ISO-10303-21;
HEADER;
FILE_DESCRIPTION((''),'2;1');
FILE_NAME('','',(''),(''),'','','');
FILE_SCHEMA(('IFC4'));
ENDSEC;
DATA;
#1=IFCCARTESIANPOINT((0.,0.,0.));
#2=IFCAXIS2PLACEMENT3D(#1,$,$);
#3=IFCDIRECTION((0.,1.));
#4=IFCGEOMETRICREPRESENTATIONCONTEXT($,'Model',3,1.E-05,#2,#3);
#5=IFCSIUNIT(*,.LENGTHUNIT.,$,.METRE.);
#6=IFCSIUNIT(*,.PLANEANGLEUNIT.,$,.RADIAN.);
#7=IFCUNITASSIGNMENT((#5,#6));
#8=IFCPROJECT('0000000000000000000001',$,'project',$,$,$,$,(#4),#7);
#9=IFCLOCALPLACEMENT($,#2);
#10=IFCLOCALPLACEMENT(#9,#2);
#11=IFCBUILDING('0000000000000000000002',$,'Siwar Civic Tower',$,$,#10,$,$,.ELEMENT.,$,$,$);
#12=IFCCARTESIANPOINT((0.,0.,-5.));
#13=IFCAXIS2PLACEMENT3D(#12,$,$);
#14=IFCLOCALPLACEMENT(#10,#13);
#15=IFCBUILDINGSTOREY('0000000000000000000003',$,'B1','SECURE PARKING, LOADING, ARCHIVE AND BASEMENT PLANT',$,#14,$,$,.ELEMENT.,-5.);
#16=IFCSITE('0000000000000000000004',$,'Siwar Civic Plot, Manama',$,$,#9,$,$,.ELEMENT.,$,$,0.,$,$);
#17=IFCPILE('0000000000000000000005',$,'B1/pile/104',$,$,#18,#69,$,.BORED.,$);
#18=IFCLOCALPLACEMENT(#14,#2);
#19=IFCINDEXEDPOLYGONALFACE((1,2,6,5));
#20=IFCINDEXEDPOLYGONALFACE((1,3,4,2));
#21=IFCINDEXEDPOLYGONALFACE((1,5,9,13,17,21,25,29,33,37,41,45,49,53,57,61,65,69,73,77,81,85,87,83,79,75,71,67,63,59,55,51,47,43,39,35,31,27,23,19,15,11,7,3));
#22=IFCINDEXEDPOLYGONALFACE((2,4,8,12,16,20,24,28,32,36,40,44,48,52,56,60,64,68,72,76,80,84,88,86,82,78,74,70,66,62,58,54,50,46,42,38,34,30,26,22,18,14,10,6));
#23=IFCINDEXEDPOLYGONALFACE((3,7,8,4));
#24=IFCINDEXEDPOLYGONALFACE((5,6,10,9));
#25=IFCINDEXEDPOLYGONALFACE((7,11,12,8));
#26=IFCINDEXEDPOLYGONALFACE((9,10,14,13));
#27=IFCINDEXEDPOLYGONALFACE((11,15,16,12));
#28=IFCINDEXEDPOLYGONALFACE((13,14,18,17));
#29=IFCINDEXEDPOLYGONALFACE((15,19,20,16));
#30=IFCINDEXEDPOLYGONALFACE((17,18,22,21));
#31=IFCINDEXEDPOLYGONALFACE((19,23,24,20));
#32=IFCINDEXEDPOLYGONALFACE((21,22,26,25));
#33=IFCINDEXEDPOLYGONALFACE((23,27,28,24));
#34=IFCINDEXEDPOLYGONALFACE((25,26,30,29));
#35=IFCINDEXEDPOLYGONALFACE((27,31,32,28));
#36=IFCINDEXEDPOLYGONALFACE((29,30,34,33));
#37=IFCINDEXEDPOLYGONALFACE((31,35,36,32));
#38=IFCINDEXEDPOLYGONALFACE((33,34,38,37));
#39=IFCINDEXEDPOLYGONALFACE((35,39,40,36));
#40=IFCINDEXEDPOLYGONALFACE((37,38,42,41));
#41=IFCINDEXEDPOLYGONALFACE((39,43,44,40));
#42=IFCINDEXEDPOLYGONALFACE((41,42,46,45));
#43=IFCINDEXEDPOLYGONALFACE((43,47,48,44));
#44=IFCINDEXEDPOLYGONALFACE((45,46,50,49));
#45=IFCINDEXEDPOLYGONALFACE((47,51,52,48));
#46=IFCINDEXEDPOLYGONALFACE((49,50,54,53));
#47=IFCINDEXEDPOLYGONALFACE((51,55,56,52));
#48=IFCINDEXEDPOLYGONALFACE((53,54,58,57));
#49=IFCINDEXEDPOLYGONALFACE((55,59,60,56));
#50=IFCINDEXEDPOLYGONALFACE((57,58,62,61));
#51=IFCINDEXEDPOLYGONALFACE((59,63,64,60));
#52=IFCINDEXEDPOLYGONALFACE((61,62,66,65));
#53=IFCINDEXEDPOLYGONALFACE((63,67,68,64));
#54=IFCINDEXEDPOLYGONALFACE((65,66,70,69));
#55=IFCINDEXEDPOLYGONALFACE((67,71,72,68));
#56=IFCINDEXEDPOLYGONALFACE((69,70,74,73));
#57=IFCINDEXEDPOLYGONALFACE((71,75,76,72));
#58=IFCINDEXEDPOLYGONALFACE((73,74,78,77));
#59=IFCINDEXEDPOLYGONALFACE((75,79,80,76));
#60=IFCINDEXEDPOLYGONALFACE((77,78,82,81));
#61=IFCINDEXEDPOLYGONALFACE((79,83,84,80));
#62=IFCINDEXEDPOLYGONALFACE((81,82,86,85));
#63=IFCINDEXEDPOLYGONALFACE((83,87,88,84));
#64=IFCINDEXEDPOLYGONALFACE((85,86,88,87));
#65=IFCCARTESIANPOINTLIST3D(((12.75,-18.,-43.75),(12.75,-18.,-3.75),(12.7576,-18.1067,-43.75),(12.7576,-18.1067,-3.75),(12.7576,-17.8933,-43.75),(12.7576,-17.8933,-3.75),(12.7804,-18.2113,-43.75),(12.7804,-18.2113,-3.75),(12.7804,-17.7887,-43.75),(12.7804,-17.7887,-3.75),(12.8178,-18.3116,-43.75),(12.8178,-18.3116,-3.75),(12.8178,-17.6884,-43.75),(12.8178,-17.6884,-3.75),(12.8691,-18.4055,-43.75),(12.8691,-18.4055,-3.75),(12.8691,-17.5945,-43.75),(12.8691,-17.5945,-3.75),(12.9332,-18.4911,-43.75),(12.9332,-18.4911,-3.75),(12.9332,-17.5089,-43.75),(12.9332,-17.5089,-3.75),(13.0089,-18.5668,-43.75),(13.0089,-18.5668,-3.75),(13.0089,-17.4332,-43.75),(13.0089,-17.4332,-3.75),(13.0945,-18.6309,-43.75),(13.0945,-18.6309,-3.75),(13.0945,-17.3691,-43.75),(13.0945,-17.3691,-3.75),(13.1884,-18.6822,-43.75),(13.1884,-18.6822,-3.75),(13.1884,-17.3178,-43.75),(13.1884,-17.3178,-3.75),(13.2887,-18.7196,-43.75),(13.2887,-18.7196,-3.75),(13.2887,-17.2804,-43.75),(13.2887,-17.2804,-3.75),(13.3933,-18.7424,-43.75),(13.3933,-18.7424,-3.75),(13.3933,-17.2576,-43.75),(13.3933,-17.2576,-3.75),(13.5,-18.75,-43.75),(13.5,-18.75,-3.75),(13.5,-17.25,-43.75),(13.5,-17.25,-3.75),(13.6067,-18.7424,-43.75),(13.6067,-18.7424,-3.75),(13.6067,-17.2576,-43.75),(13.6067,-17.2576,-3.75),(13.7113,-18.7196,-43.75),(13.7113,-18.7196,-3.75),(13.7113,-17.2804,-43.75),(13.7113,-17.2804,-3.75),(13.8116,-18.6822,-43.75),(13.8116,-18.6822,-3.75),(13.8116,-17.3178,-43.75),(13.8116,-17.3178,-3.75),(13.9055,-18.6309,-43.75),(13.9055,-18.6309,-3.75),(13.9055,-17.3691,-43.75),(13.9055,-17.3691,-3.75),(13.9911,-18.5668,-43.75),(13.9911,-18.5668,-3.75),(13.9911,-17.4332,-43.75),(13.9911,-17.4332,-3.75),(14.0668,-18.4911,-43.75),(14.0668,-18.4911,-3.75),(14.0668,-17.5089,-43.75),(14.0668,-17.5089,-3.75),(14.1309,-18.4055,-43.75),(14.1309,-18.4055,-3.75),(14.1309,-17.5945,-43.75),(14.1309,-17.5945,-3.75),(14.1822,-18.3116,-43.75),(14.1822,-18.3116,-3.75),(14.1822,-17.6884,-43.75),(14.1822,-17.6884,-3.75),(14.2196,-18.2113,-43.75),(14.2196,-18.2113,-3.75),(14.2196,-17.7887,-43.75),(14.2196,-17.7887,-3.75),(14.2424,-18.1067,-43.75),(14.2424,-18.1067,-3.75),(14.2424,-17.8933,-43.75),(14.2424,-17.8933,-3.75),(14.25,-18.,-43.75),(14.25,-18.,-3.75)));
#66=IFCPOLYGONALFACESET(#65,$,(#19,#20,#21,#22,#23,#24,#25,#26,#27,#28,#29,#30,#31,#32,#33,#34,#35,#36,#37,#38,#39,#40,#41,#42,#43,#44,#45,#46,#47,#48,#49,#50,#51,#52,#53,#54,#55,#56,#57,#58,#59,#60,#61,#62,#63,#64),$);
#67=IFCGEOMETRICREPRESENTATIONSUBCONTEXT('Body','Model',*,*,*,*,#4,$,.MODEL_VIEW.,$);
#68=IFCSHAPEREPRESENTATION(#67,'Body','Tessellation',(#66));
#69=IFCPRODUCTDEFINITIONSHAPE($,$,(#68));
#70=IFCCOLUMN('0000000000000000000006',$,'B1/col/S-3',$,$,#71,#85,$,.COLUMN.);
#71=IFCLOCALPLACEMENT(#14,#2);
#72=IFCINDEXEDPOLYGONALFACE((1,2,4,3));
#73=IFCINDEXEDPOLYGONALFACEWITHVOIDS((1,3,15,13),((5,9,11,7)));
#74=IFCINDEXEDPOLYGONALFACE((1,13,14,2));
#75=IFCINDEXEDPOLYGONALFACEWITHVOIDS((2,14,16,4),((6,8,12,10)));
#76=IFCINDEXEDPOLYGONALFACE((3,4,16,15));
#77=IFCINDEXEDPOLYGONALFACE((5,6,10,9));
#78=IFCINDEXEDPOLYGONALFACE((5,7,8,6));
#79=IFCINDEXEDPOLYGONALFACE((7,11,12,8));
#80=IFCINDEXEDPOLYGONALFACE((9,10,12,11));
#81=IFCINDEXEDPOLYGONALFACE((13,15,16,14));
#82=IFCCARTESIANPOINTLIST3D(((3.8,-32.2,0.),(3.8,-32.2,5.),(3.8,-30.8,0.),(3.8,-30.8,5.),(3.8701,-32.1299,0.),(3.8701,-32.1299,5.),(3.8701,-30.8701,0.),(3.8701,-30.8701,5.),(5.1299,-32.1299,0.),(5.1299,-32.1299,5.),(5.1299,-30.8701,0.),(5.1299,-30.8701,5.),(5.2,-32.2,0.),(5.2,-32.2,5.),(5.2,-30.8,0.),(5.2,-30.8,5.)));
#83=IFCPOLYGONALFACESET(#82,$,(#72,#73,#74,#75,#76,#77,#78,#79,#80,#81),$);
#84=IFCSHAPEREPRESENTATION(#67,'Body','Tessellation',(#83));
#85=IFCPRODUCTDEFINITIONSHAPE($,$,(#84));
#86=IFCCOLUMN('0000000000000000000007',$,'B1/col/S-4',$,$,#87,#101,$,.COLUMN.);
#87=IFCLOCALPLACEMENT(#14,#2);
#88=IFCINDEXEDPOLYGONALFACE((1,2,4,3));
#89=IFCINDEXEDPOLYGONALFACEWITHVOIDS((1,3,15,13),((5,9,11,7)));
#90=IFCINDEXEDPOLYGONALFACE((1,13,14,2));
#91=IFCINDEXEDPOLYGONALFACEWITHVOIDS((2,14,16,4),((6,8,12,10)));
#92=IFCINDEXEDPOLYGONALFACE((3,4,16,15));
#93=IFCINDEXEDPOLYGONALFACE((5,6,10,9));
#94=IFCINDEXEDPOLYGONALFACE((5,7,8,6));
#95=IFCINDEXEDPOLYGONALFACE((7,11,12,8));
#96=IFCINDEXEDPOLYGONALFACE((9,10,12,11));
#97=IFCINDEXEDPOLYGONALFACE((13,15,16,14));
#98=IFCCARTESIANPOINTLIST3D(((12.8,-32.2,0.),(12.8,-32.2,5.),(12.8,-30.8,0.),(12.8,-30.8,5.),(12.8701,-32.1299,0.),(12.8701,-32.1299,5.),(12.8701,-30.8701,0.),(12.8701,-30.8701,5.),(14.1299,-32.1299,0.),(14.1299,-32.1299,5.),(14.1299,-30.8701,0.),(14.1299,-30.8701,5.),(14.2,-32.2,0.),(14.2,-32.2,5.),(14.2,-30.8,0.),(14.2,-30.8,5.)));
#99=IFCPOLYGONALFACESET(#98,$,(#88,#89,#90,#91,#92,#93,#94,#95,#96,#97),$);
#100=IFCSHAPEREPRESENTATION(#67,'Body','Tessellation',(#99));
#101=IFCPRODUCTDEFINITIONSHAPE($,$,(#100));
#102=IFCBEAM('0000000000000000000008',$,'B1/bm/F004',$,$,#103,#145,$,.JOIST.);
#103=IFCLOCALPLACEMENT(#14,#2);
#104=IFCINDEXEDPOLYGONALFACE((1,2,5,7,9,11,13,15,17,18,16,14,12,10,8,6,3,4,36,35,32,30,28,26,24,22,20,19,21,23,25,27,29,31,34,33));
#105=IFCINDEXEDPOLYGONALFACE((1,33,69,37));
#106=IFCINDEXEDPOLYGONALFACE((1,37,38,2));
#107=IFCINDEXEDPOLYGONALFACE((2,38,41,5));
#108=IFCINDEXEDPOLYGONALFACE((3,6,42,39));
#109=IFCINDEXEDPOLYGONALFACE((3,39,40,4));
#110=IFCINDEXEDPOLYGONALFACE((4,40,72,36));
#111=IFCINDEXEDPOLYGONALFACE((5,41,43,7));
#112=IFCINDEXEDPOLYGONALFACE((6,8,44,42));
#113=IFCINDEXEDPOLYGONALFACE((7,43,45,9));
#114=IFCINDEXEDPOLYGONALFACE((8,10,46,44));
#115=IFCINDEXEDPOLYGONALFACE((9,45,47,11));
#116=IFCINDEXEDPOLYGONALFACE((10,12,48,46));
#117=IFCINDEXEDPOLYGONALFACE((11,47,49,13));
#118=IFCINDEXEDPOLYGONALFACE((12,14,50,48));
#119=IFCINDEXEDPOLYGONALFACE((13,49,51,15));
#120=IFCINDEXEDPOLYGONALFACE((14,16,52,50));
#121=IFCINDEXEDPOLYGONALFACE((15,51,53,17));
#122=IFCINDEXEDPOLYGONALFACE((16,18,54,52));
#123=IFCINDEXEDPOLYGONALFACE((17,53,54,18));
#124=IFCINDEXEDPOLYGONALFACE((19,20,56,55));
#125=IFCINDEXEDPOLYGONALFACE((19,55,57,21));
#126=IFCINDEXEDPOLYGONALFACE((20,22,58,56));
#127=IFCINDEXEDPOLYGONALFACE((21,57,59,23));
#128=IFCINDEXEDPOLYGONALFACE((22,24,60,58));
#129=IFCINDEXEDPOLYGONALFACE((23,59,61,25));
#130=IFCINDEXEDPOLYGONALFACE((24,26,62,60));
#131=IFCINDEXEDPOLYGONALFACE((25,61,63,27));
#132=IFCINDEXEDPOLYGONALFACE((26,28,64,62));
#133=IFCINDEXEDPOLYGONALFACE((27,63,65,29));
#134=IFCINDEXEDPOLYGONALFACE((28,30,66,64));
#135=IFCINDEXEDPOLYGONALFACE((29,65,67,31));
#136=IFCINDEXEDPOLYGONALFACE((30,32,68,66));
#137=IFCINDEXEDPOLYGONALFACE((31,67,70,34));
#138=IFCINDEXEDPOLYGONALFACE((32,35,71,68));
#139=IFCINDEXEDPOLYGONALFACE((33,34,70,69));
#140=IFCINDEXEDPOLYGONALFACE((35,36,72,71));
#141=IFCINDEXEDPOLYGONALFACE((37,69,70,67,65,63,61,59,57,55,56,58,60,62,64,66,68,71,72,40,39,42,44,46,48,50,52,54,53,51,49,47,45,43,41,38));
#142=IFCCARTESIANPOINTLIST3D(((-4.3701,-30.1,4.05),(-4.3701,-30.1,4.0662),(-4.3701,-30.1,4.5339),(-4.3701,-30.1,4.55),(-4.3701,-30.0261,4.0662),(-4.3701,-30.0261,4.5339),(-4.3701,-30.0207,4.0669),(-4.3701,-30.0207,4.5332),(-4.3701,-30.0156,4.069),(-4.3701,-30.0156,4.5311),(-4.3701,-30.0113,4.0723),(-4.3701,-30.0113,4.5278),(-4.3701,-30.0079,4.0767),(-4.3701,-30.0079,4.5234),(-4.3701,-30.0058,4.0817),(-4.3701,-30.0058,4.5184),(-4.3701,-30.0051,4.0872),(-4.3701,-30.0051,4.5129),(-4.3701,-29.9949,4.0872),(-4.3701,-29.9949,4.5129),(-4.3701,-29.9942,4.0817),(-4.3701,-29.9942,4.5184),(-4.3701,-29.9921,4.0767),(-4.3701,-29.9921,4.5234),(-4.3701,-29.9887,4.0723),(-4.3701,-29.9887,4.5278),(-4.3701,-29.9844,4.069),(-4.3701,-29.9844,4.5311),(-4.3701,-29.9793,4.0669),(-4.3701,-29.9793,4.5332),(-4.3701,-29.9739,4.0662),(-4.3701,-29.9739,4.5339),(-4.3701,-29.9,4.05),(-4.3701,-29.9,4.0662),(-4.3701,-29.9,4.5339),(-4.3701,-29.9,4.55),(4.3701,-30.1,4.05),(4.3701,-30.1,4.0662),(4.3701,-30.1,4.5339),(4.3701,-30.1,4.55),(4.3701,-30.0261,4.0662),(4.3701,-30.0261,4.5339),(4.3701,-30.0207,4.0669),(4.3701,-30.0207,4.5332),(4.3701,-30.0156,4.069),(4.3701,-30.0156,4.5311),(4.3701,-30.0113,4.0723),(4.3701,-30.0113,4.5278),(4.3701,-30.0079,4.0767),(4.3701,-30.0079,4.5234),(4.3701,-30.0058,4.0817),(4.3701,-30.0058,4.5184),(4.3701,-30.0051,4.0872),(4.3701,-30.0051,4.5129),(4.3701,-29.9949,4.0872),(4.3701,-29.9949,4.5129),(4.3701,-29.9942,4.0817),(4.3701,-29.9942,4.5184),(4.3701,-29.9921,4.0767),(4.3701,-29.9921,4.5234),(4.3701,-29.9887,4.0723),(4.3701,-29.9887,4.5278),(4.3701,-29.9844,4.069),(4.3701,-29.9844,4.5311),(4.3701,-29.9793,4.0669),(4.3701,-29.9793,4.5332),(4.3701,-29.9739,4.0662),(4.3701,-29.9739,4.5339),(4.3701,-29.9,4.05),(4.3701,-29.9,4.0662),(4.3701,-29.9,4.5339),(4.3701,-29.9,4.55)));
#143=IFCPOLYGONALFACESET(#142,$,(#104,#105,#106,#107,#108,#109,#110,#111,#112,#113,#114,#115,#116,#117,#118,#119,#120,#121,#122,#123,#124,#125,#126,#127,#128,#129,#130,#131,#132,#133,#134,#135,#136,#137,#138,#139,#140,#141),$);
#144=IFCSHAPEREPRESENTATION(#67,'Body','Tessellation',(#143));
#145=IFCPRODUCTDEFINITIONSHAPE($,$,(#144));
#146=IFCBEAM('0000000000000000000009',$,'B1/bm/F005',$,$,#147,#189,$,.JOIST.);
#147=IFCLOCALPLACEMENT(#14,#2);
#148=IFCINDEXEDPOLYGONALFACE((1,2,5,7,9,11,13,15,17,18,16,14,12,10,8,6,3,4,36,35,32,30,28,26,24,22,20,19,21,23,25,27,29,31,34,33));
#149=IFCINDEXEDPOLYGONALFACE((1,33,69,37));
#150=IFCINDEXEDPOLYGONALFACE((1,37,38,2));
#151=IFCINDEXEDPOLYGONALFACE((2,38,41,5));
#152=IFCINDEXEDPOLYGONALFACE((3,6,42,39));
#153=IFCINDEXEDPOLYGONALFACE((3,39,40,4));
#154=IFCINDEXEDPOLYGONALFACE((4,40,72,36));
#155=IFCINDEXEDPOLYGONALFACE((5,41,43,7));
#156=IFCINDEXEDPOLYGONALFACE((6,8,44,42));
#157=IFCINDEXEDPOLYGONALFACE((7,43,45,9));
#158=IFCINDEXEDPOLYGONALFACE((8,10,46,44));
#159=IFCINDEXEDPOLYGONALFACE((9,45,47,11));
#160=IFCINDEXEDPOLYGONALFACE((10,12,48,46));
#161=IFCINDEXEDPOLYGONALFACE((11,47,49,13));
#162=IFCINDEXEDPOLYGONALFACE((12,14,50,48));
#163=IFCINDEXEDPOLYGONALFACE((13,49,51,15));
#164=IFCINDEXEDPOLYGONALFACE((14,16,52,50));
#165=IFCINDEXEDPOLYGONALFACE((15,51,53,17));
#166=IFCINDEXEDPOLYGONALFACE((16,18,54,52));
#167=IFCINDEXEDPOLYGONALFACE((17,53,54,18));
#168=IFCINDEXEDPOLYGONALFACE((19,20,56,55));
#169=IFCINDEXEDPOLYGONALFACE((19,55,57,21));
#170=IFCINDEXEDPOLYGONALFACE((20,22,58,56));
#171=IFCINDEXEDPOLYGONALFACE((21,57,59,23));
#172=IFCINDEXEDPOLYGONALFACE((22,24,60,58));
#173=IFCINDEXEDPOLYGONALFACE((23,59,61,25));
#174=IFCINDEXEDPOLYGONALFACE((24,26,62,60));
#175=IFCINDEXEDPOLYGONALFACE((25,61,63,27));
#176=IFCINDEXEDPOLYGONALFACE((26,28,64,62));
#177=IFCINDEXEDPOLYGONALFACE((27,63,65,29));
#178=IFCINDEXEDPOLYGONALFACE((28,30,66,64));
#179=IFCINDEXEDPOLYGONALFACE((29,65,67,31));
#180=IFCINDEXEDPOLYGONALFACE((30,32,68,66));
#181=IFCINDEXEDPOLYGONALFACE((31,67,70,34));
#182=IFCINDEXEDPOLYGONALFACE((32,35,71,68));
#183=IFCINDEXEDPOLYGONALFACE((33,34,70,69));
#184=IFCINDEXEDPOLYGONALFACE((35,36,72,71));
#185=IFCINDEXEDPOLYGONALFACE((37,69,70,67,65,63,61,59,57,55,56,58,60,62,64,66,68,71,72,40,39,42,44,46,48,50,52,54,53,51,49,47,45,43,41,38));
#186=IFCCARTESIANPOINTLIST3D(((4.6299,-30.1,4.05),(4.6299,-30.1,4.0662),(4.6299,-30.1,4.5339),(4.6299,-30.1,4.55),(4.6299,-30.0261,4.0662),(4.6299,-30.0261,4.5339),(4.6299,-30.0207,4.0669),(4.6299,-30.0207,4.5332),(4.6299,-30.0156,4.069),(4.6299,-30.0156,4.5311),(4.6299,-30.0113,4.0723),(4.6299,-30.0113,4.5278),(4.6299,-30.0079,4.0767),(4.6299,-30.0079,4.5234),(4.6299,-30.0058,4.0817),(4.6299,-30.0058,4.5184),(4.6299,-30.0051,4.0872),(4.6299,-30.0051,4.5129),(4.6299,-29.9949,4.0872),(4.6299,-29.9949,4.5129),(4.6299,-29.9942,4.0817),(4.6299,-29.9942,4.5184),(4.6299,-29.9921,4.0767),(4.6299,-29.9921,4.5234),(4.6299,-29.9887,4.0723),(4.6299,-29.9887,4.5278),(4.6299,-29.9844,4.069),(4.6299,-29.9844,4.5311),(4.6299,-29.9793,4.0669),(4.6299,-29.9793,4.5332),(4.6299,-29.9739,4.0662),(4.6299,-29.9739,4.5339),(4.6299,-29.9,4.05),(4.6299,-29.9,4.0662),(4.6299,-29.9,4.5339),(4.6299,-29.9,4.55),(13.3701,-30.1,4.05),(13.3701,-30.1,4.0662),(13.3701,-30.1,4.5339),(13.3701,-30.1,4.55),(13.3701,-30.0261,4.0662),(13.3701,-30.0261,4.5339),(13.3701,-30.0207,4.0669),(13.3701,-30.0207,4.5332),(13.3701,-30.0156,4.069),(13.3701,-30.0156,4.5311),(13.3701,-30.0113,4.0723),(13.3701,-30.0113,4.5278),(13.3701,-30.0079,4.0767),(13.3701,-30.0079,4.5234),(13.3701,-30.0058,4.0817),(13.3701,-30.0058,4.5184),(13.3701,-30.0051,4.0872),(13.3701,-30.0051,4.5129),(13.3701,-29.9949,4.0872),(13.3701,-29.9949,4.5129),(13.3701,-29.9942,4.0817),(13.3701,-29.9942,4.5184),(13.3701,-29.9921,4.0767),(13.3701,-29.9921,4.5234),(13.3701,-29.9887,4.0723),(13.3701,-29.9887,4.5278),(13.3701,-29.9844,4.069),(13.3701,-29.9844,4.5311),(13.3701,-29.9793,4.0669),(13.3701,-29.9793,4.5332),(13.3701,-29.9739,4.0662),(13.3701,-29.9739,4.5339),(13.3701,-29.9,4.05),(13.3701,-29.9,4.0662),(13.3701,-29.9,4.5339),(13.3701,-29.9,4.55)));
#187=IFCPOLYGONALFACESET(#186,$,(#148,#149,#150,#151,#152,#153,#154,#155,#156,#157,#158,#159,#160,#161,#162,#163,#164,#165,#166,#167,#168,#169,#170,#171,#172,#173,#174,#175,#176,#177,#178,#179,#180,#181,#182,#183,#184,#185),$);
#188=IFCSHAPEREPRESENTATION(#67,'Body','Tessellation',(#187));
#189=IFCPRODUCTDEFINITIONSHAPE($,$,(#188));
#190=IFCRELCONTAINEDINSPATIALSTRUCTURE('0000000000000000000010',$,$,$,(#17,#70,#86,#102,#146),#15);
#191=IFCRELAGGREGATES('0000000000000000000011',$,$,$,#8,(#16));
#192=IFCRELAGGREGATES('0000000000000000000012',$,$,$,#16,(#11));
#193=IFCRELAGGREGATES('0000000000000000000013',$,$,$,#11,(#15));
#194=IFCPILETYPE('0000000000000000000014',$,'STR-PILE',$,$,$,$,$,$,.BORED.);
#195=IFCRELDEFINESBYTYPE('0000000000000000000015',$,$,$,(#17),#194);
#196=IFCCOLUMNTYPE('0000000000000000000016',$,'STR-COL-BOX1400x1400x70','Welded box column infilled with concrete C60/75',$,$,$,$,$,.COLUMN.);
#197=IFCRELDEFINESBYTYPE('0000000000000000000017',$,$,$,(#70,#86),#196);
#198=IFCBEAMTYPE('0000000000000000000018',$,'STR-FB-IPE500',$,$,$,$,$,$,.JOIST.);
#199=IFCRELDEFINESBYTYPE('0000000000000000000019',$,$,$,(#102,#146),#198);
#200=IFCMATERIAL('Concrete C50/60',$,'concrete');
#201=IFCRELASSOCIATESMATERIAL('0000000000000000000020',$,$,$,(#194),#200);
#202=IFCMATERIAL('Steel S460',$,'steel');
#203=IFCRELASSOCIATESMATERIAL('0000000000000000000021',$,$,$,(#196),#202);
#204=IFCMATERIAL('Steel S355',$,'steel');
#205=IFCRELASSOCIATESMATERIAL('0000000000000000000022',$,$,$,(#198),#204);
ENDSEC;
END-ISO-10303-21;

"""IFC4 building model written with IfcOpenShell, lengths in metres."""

from ifc_helpers import new_model, si_unit, direction, frame, origin, origin_2d, place, context, subcontext, project, spatial, hollow_rectangle, circle, i_section, extrude, material, material_profile, profile_set, type_object, element, save


model = new_model("IFC4")

# Units and contexts
model_context = context("Model", 3, precision=1e-05, world=origin(), true_north=direction((0.0, 1.0)))
body_context = subcontext(model_context, "Body", "Model", "MODEL_VIEW")
ifc_project = project(units=[si_unit("LENGTHUNIT", "METRE"), si_unit("PLANEANGLEUNIT", "RADIAN")], contexts=[model_context])

# Site, building, storey
site_placement = place(None, origin())
site = spatial("IfcSite", under=ifc_project, at=site_placement, Name="Siwar Civic Plot, Manama", CompositionType="ELEMENT", RefElevation=0.0)
building_placement = place(site_placement, origin())
building = spatial("IfcBuilding", under=site, at=building_placement, Name="Siwar Civic Tower", CompositionType="ELEMENT")
storey_placement = place(building_placement, frame((0.0, 0.0, -5.0)))
storey = spatial("IfcBuildingStorey", under=building, at=storey_placement, Name="B1", Description="SECURE PARKING, LOADING, ARCHIVE AND BASEMENT PLANT", CompositionType="ELEMENT", Elevation=-5.0)

# Pile
ifc_material_1 = material(Name="Concrete C50/60", Category="concrete")
ifc_material_profile_1 = material_profile(ifc_material_1, circle(Radius=0.75, at=origin_2d()), Name="PILE1500")
ifc_profile_set_1 = profile_set([ifc_material_profile_1], Name="Concrete C50/60")
pile_type = type_object("IfcPileType", Name="STR-PILE", PredefinedType="BORED", material=ifc_profile_set_1)
for number, where, z_axis, x_axis, name in (
    (1, (13.5, -18.0, -3.75), (0.0, 0.0, -1.0), (1.0, 0.0, 0.0), "B1/pile/104"),
):
    element("IfcPile", number, at=place(storey_placement, frame(where, z_axis=z_axis, x_axis=x_axis)), inside=storey, type_object=pile_type, Name=name, PredefinedType="BORED", context=body_context, shape_type="SweptSolid", body=[
        extrude(circle(Radius=0.75, at=origin_2d()), origin(), (0.0, 0.0, 1.0), 40.0),
    ])

# Columns
ifc_material_2 = material(Name="Steel S460", Category="steel")
ifc_material_profile_2 = material_profile(ifc_material_2, hollow_rectangle(XDim=1.3999, YDim=1.3999, WallThickness=0.0701, at=origin_2d()), Name="BOX1400x1400x70")
ifc_profile_set_2 = profile_set([ifc_material_profile_2], Name="Steel S460")
column_type = type_object("IfcColumnType", Name="STR-COL-BOX1400x1400x70", Description="Welded box column infilled with concrete C60/75", PredefinedType="COLUMN", material=ifc_profile_set_2)
for number, where, z_axis, x_axis, name in (
    (2, (4.5, -31.5, 0.0), (0.0, 0.0, 1.0), (1.0, 0.0, 0.0), "B1/col/S-3"),
    (3, (13.5, -31.5, 0.0), (0.0, 0.0, 1.0), (1.0, 0.0, 0.0), "B1/col/S-4"),
):
    element("IfcColumn", number, at=place(storey_placement, frame(where, z_axis=z_axis, x_axis=x_axis)), inside=storey, type_object=column_type, Name=name, PredefinedType="COLUMN", context=body_context, shape_type="SweptSolid", body=[
        extrude(hollow_rectangle(XDim=1.3999, YDim=1.3999, WallThickness=0.0701, at=origin_2d()), origin(), (0.0, 0.0, 1.0), 5.0),
    ])

# Beams
ifc_material_3 = material(Name="Steel S355", Category="steel")
ifc_material_profile_3 = material_profile(ifc_material_3, i_section(OverallWidth=0.2, OverallDepth=0.5, WebThickness=0.0103, FlangeThickness=0.0161, FilletRadius=0.021, at=origin_2d()), Name="IPE500")
ifc_profile_set_3 = profile_set([ifc_material_profile_3], Name="Steel S355")
beam_type_1 = type_object("IfcBeamType", Name="STR-FB-IPE500", PredefinedType="JOIST", material=ifc_profile_set_3)
for number, where, z_axis, x_axis, name in (
    (4, (-4.3701, -30.0, 4.3), (1.0, 0.0, 0.0), (0.0, 1.0, 0.0), "B1/bm/F004"),
    (5, (4.6299, -30.0, 4.3), (1.0, 0.0, 0.0), (0.0, 1.0, 0.0), "B1/bm/F005"),
):
    element("IfcBeam", number, at=place(storey_placement, frame(where, z_axis=z_axis, x_axis=x_axis)), inside=storey, type_object=beam_type_1, Name=name, PredefinedType="JOIST", context=body_context, shape_type="SweptSolid", body=[
        extrude(i_section(OverallWidth=0.2, OverallDepth=0.5, WebThickness=0.0103, FlangeThickness=0.0161, FilletRadius=0.021, at=origin_2d()), origin(), (0.0, 0.0, 1.0), 8.7402),
    ])

save(model, "model.ifc")
